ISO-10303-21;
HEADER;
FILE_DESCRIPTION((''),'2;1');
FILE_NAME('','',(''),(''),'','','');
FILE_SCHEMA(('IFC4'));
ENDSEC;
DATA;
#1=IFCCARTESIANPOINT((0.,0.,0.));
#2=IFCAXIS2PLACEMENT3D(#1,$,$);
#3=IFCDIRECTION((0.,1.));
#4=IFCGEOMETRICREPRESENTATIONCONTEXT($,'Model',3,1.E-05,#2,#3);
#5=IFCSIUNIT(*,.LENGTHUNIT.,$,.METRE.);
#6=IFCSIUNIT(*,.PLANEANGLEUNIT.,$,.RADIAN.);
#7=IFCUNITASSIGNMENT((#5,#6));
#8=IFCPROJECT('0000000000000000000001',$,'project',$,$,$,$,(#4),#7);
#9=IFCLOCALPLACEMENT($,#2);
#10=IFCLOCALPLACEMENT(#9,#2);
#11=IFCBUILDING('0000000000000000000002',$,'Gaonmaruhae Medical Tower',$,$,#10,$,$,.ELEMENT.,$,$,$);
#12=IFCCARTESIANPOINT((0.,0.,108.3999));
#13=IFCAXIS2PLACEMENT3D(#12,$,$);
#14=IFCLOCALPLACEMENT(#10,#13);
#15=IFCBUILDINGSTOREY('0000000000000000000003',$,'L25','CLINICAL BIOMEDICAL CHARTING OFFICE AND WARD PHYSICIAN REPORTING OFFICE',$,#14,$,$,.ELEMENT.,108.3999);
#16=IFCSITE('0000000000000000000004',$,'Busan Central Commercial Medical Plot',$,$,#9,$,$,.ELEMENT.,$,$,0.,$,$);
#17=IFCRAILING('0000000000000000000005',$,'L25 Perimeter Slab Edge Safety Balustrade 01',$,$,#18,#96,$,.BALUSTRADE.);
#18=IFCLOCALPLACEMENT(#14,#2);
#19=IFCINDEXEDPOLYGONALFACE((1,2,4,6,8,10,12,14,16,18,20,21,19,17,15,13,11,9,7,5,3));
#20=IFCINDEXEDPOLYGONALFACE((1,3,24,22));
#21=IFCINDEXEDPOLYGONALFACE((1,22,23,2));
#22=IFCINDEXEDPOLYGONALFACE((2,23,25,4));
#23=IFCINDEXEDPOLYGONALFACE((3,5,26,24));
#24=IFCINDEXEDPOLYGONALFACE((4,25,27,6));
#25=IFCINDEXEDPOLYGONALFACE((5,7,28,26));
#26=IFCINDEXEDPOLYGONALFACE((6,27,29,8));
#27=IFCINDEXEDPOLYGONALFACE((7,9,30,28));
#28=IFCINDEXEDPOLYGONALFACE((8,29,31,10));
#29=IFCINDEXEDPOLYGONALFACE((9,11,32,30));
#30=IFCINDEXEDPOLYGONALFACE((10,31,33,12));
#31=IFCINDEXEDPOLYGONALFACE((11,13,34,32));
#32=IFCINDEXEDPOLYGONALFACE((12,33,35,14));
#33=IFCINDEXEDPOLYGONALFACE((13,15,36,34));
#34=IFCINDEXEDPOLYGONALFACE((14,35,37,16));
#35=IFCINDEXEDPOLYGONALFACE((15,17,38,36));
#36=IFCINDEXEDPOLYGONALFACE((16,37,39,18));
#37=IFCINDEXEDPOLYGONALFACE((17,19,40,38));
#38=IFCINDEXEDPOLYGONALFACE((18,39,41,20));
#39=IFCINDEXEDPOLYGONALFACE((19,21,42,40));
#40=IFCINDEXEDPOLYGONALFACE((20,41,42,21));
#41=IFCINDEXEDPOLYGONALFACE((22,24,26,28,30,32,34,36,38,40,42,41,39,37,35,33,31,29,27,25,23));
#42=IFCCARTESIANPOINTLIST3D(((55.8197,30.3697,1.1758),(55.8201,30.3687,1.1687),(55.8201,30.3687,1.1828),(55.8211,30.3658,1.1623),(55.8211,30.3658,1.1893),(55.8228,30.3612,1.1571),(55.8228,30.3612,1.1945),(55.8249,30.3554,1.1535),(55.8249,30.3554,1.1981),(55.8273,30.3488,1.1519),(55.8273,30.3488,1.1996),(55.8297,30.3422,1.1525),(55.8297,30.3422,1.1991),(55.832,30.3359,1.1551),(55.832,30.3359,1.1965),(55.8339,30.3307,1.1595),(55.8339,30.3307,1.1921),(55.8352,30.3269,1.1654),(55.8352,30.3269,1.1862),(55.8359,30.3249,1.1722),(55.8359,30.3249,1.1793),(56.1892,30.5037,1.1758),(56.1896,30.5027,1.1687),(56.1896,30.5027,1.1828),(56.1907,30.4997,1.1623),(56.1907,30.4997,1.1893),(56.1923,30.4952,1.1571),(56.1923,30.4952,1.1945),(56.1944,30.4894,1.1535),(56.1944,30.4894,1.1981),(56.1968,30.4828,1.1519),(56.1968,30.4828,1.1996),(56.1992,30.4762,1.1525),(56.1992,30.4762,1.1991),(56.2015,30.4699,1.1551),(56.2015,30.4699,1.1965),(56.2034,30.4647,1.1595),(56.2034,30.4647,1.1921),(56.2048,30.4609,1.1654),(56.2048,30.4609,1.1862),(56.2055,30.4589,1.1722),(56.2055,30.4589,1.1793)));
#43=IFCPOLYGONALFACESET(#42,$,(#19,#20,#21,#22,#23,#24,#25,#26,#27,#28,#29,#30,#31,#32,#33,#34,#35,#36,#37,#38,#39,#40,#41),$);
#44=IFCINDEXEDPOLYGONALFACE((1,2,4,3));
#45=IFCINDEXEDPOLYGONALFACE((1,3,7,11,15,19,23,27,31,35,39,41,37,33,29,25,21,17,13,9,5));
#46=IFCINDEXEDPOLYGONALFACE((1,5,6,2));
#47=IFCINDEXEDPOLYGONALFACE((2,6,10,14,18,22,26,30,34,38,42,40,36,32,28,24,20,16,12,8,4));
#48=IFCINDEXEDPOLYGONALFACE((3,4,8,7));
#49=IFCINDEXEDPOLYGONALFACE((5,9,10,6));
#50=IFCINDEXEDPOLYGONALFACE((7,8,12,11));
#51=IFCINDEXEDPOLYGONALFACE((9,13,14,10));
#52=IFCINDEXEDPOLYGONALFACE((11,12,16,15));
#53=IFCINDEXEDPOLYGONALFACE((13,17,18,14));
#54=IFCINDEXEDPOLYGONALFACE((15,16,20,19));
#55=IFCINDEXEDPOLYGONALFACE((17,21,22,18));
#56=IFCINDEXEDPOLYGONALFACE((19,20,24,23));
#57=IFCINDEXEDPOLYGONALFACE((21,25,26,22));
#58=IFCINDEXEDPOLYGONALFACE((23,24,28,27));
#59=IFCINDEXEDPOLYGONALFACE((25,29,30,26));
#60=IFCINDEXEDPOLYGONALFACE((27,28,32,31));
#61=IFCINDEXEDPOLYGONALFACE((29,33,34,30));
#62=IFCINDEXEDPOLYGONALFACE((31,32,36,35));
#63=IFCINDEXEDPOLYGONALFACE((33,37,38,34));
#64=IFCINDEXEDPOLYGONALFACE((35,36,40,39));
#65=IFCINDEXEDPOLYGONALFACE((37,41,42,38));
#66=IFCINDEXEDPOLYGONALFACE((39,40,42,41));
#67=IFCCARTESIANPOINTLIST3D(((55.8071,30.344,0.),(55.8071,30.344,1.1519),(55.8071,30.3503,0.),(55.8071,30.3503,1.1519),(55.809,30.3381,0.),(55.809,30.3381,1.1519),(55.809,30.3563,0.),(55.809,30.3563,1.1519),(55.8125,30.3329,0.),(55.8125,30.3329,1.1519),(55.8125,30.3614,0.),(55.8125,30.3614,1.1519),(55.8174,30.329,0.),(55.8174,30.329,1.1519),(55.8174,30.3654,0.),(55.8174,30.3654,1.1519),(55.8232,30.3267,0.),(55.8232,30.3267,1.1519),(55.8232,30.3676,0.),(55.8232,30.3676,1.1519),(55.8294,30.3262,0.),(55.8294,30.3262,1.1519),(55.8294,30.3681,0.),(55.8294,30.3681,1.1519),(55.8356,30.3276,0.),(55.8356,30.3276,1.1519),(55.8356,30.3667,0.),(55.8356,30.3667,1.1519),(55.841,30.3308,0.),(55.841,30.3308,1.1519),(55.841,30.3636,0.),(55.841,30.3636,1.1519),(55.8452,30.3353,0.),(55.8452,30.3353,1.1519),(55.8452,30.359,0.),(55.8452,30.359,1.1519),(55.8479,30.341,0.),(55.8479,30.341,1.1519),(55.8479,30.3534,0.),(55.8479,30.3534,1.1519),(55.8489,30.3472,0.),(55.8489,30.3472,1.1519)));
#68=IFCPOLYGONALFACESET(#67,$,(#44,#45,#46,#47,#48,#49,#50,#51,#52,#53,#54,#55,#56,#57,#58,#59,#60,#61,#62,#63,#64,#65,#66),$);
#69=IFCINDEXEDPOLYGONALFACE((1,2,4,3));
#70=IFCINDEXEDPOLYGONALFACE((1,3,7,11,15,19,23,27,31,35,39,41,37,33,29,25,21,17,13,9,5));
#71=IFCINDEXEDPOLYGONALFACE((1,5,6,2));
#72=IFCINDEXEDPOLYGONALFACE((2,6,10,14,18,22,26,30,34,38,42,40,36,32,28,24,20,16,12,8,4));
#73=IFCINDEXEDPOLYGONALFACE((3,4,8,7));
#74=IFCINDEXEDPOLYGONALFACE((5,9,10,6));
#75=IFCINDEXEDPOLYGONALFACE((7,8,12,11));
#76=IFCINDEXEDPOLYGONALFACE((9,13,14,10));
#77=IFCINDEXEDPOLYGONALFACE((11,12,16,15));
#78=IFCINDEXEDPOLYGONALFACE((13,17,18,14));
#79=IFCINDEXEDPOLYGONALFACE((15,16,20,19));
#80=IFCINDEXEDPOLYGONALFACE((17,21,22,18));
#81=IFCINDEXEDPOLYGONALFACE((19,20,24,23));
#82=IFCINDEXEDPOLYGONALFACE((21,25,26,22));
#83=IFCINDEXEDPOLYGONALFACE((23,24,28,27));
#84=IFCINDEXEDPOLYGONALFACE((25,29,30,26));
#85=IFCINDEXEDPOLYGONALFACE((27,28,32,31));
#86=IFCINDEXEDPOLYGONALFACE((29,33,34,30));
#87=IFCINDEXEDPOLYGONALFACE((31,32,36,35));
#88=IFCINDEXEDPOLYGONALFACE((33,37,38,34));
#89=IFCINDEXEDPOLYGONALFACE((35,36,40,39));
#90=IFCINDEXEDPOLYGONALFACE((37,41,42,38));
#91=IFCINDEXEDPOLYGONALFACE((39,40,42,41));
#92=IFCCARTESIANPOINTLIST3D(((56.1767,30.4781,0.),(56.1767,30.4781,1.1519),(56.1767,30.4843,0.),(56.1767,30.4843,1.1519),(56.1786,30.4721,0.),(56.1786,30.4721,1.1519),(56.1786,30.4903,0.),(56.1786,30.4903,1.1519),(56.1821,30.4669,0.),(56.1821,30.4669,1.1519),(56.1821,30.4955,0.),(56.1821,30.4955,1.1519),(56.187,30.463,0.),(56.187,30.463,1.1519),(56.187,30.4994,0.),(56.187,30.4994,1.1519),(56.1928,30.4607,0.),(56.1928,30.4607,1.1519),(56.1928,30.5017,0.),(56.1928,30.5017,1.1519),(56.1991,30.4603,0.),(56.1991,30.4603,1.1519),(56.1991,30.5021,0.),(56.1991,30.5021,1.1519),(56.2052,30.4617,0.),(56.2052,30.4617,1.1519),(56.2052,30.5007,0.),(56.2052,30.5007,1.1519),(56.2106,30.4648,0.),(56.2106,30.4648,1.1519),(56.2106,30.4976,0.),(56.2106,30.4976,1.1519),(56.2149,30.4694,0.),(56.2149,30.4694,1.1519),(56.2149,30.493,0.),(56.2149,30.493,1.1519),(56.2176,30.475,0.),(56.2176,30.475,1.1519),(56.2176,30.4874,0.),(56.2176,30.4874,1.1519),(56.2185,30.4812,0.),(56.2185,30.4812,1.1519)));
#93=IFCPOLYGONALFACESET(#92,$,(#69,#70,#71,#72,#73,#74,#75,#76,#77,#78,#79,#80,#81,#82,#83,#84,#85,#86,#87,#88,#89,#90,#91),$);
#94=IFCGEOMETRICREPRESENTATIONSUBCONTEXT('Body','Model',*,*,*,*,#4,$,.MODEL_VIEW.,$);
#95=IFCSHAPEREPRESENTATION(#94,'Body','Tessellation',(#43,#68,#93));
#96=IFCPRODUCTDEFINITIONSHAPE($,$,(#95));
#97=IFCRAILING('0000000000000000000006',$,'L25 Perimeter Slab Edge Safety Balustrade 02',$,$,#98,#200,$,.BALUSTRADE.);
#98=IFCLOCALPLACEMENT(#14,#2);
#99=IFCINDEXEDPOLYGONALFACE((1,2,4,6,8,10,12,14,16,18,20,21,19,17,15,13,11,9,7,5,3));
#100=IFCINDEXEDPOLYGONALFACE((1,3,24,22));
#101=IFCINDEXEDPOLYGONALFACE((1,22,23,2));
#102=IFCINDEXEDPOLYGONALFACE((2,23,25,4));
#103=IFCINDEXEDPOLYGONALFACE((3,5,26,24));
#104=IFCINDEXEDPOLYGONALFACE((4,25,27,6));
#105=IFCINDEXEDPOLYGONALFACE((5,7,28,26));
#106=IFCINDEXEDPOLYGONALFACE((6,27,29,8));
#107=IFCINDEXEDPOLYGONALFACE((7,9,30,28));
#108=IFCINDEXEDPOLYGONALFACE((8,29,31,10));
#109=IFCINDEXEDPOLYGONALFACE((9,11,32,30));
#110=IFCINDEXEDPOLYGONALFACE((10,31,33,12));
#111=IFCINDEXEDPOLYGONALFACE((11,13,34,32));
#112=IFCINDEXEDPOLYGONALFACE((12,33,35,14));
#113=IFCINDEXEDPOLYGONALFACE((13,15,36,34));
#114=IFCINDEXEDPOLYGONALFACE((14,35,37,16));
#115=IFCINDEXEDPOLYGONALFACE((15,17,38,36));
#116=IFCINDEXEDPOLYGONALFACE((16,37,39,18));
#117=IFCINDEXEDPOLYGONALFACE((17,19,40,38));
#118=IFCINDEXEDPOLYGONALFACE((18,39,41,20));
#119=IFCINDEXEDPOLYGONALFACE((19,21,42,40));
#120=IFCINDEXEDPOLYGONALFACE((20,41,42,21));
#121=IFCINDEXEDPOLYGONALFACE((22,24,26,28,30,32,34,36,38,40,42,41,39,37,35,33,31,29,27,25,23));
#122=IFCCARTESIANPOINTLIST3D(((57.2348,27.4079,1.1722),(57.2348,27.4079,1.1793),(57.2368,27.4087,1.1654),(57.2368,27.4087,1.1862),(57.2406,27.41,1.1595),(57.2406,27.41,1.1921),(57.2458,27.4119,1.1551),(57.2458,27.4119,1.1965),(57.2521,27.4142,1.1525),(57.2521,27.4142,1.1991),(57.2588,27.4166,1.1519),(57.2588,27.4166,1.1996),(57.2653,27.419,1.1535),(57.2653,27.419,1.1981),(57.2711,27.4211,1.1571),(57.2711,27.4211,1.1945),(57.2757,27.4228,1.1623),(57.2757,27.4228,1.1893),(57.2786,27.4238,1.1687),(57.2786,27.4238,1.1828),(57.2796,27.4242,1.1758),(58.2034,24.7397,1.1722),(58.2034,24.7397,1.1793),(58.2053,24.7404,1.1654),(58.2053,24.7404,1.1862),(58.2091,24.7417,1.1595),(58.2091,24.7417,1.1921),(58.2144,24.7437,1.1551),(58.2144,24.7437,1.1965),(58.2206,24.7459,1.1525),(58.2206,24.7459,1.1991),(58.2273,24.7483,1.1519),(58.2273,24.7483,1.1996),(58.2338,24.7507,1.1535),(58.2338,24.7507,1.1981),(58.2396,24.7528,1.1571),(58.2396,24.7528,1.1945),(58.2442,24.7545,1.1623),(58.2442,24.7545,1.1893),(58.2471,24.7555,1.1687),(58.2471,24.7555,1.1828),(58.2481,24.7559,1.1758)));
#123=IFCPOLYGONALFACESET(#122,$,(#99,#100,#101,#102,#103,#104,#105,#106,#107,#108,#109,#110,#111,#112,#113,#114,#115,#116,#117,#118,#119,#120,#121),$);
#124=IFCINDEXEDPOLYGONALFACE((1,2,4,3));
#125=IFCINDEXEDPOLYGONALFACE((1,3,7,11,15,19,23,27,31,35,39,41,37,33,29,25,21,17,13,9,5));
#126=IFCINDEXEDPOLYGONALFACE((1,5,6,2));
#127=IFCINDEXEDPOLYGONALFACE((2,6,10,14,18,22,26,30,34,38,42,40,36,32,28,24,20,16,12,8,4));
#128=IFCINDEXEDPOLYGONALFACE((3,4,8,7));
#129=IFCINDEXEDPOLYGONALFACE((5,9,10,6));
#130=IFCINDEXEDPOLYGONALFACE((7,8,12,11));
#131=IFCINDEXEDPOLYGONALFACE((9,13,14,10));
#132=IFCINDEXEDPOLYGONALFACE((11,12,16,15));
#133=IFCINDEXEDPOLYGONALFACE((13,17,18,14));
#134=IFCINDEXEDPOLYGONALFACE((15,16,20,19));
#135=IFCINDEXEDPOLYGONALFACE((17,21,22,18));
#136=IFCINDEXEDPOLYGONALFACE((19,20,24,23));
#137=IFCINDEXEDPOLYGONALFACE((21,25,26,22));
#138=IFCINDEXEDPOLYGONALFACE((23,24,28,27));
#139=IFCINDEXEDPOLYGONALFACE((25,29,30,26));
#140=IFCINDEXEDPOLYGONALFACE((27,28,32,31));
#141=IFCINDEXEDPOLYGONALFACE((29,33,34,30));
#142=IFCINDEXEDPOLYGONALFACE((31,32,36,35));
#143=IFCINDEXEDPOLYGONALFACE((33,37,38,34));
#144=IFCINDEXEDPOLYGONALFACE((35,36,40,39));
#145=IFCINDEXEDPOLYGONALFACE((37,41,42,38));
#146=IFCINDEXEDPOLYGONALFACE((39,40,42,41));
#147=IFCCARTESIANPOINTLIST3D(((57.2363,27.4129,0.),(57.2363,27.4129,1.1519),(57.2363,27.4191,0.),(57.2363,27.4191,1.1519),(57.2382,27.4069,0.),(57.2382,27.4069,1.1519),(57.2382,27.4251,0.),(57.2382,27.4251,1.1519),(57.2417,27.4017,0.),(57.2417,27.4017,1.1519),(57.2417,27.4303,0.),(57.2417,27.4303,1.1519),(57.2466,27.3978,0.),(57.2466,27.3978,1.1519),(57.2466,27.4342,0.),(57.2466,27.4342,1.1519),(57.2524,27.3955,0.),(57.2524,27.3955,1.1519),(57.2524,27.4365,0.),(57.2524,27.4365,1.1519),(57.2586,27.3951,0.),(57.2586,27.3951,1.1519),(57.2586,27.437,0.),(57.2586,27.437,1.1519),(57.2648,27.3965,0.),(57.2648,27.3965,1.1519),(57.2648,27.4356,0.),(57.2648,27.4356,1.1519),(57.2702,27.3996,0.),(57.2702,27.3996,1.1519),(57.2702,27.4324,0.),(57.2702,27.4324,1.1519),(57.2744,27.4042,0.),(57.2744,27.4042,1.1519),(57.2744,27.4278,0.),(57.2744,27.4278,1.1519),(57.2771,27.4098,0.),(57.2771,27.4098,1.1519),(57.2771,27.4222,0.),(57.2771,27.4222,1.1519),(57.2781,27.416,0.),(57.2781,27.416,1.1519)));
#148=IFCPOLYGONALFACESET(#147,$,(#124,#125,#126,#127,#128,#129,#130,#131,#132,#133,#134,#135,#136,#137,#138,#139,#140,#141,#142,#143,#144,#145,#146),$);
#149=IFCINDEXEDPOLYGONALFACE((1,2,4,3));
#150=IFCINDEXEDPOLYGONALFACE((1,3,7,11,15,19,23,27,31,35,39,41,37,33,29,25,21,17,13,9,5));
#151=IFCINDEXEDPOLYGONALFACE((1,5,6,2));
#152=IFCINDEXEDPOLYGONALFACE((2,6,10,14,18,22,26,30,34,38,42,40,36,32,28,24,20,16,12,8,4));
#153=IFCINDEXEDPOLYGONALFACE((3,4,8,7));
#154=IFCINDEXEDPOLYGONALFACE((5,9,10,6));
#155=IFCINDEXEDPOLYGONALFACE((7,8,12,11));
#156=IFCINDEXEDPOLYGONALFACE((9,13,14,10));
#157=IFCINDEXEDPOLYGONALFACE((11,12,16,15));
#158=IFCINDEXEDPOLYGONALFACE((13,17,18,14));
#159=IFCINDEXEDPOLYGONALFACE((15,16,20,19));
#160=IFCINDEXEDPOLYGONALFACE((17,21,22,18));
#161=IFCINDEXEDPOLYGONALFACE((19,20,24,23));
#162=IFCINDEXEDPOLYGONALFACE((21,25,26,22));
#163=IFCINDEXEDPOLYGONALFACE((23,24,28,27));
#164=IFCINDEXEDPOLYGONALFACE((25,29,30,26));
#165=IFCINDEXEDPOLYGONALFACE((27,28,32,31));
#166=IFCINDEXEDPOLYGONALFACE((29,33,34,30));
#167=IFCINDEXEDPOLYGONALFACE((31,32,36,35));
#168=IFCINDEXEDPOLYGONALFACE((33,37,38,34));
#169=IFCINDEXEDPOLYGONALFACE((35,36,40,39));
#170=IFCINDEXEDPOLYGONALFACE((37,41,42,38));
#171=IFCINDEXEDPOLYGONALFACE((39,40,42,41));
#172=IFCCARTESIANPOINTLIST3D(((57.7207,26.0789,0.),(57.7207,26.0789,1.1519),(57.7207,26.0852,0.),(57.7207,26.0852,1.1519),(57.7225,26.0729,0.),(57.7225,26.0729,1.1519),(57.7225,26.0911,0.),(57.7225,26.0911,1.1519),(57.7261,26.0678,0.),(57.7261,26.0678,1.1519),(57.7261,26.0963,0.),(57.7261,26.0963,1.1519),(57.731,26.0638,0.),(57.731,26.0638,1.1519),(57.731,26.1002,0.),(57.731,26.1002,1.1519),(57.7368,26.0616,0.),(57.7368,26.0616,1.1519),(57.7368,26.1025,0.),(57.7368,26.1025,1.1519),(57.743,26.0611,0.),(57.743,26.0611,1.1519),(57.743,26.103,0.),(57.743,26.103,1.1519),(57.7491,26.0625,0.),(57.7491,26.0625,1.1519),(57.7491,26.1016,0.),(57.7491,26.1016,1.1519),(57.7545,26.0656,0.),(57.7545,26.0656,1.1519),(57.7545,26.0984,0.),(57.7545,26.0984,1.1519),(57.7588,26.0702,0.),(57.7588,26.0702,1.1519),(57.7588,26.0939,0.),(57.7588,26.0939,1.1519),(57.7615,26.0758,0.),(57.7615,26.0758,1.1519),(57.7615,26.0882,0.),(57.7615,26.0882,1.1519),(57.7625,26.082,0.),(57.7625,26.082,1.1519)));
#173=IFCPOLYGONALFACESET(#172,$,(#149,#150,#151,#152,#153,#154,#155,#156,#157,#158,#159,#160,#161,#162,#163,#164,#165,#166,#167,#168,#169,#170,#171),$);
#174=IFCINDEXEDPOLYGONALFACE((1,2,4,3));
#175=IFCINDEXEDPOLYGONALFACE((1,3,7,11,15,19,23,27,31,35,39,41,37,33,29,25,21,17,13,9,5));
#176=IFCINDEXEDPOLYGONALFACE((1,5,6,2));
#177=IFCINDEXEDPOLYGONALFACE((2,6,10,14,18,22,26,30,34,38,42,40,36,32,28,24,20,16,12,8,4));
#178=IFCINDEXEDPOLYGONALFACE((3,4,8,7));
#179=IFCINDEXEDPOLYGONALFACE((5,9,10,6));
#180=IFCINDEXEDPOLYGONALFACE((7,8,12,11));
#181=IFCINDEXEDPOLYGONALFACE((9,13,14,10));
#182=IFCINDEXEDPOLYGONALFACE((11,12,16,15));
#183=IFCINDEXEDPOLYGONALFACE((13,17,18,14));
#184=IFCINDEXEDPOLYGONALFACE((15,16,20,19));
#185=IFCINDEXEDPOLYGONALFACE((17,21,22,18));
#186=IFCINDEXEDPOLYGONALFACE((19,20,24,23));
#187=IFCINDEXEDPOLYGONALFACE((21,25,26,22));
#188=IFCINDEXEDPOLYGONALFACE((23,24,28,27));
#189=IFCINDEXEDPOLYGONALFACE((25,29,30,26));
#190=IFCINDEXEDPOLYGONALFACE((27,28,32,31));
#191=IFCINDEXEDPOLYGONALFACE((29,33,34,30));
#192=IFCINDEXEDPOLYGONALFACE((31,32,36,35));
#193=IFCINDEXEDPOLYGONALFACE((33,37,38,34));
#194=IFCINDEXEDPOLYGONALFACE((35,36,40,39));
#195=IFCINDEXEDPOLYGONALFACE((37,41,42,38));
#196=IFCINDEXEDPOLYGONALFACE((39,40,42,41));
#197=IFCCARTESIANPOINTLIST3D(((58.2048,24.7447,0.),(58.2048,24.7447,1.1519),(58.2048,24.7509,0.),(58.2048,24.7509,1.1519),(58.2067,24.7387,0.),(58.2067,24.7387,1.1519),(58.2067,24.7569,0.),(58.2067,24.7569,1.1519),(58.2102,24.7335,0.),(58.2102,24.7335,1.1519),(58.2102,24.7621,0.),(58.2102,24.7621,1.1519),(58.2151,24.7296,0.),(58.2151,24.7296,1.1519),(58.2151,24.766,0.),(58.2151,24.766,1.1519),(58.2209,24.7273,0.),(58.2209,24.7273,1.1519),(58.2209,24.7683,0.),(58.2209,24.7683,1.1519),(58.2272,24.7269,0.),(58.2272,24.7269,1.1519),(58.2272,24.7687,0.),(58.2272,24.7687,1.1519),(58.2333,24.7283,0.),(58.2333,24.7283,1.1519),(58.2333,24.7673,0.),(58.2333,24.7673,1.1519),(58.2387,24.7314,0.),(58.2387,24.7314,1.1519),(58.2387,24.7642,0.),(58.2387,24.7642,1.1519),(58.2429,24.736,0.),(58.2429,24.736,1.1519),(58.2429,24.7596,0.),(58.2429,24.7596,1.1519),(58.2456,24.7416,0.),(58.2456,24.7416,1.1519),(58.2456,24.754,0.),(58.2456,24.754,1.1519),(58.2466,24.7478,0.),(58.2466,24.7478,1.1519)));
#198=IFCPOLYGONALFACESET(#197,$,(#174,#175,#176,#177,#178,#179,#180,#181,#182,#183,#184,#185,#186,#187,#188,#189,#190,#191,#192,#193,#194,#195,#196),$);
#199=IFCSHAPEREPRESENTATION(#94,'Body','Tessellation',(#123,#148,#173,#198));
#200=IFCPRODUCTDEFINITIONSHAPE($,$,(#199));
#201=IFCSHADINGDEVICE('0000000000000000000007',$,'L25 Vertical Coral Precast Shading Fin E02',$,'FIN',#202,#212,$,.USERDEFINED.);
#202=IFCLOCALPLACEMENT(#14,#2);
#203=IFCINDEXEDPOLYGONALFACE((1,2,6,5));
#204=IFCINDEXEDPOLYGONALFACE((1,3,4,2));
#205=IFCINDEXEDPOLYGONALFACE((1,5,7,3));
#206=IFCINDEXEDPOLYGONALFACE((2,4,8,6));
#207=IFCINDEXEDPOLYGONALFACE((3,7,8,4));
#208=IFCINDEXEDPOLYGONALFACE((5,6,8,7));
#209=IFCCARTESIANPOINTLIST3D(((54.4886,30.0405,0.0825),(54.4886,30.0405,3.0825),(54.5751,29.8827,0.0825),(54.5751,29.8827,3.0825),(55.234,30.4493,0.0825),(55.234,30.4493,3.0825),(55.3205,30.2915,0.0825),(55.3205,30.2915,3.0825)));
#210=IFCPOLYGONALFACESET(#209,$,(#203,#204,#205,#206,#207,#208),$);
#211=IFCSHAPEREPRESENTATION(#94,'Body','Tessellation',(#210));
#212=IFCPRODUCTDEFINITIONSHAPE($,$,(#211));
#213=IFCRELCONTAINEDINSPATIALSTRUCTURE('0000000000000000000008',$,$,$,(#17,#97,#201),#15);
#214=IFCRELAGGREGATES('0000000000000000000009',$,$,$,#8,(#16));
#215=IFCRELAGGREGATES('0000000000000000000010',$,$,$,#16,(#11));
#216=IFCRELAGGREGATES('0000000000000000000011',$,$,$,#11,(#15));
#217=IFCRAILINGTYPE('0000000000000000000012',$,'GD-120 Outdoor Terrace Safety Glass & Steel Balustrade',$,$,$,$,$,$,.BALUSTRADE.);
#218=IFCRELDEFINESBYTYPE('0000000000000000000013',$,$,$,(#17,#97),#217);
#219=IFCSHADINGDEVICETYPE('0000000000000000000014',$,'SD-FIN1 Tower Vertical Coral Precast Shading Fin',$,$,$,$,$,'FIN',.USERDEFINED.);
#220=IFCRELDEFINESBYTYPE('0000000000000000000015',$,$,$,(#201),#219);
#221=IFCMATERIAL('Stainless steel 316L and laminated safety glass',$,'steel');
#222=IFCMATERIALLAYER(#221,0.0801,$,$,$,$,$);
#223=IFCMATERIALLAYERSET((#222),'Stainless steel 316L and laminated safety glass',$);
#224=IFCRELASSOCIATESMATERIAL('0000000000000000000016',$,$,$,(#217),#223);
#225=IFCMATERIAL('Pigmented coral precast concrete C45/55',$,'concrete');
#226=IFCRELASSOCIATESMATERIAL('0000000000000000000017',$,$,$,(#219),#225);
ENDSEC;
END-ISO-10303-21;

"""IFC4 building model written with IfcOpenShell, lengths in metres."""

from ifc_helpers import new_model, si_unit, direction, frame, origin, origin_2d, place, context, subcontext, project, spatial, rectangle, circle, extrude, material, layer, layer_set, type_object, element, save


model = new_model("IFC4")

# Units and contexts
model_context = context("Model", 3, precision=1e-05, world=origin(), true_north=direction((0.0, 1.0)))
body_context = subcontext(model_context, "Body", "Model", "MODEL_VIEW")
ifc_project = project(units=[si_unit("LENGTHUNIT", "METRE"), si_unit("PLANEANGLEUNIT", "RADIAN")], contexts=[model_context])

# Site, building, storey
site_placement = place(None, origin())
site = spatial("IfcSite", under=ifc_project, at=site_placement, Name="Busan Central Commercial Medical Plot", CompositionType="ELEMENT", RefElevation=0.0)
building_placement = place(site_placement, origin())
building = spatial("IfcBuilding", under=site, at=building_placement, Name="Gaonmaruhae Medical Tower", CompositionType="ELEMENT")
storey_placement = place(building_placement, frame((0.0, 0.0, 108.3999)))
storey = spatial("IfcBuildingStorey", under=building, at=storey_placement, Name="L25", Description="CLINICAL BIOMEDICAL CHARTING OFFICE AND WARD PHYSICIAN REPORTING OFFICE", CompositionType="ELEMENT", Elevation=108.3999)

# Railings
ifc_material_1 = material(Name="Stainless steel 316L and laminated safety glass", Category="steel")
ifc_layer_1 = layer(ifc_material_1, 0.0801)
ifc_layer_set_1 = layer_set([ifc_layer_1], Name="Stainless steel 316L and laminated safety glass")
railing_type = type_object("IfcRailingType", Name="GD-120 Outdoor Terrace Safety Glass & Steel Balustrade", PredefinedType="BALUSTRADE", material=ifc_layer_set_1)
railing_1_placement = place(storey_placement, frame((55.8279, 30.3472, 0.0)))
element("IfcRailing", 1, at=railing_1_placement, inside=storey, type_object=railing_type, Name="L25 Perimeter Slab Edge Safety Balustrade 01", PredefinedType="BALUSTRADE", context=body_context, shape_type="SweptSolid", body=[
    extrude(circle(Radius=0.0239, at=origin_2d()), frame((0.0, 0.0, 1.1758), z_axis=(0.940101, 0.340895, 0.0), x_axis=(-0.340895, 0.940101, 0.0)), (0.0, 0.0, 1.0), 0.3931),
    extrude(circle(Radius=0.021, at=origin_2d()), origin(), (0.0, 0.0, 1.0), 1.1519),
    extrude(circle(Radius=0.021, at=origin_2d()), frame((0.3696, 0.134, 0.0)), (0.0, 0.0, 1.0), 1.1519),
])
railing_2_placement = place(storey_placement, frame((57.2571, 27.416, 0.0)))
element("IfcRailing", 2, at=railing_2_placement, inside=storey, type_object=railing_type, Name="L25 Perimeter Slab Edge Safety Balustrade 02", PredefinedType="BALUSTRADE", context=body_context, shape_type="SweptSolid", body=[
    extrude(circle(Radius=0.0239, at=origin_2d()), frame((0.0, 0.0, 1.1758), z_axis=(0.341197, -0.939992, 0.0), x_axis=(0.939992, 0.341197, 0.0)), (0.0, 0.0, 1.0), 2.8386),
    extrude(circle(Radius=0.021, at=origin_2d()), origin(), (0.0, 0.0, 1.0), 1.1519),
    extrude(circle(Radius=0.021, at=origin_2d()), frame((0.4844, -1.334, 0.0)), (0.0, 0.0, 1.0), 1.1519),
    extrude(circle(Radius=0.021, at=origin_2d()), frame((0.9685, -2.6682, 0.0)), (0.0, 0.0, 1.0), 1.1519),
])

# Shading device
ifc_material_2 = material(Name="Pigmented coral precast concrete C45/55", Category="concrete")
shading_device_type = type_object("IfcShadingDeviceType", Name="SD-FIN1 Tower Vertical Coral Precast Shading Fin", ElementType="FIN", PredefinedType="USERDEFINED", material=ifc_material_2)
for number, where, z_axis, x_axis, name in (
    (3, (54.9045, 30.166, 0.0825), (0.0, 0.0, 1.0), (0.480851, -0.876802, 0.0), "L25 Vertical Coral Precast Shading Fin E02"),
):
    element("IfcShadingDevice", number, at=place(storey_placement, frame(where, z_axis=z_axis, x_axis=x_axis)), inside=storey, type_object=shading_device_type, Name=name, ObjectType="FIN", PredefinedType="USERDEFINED", context=body_context, shape_type="SweptSolid", body=[
        extrude(rectangle(XDim=0.1799, YDim=0.8501, at=origin_2d()), origin(), (0.0, 0.0, 1.0), 3.0),
    ])

save(model, "model.ifc")
